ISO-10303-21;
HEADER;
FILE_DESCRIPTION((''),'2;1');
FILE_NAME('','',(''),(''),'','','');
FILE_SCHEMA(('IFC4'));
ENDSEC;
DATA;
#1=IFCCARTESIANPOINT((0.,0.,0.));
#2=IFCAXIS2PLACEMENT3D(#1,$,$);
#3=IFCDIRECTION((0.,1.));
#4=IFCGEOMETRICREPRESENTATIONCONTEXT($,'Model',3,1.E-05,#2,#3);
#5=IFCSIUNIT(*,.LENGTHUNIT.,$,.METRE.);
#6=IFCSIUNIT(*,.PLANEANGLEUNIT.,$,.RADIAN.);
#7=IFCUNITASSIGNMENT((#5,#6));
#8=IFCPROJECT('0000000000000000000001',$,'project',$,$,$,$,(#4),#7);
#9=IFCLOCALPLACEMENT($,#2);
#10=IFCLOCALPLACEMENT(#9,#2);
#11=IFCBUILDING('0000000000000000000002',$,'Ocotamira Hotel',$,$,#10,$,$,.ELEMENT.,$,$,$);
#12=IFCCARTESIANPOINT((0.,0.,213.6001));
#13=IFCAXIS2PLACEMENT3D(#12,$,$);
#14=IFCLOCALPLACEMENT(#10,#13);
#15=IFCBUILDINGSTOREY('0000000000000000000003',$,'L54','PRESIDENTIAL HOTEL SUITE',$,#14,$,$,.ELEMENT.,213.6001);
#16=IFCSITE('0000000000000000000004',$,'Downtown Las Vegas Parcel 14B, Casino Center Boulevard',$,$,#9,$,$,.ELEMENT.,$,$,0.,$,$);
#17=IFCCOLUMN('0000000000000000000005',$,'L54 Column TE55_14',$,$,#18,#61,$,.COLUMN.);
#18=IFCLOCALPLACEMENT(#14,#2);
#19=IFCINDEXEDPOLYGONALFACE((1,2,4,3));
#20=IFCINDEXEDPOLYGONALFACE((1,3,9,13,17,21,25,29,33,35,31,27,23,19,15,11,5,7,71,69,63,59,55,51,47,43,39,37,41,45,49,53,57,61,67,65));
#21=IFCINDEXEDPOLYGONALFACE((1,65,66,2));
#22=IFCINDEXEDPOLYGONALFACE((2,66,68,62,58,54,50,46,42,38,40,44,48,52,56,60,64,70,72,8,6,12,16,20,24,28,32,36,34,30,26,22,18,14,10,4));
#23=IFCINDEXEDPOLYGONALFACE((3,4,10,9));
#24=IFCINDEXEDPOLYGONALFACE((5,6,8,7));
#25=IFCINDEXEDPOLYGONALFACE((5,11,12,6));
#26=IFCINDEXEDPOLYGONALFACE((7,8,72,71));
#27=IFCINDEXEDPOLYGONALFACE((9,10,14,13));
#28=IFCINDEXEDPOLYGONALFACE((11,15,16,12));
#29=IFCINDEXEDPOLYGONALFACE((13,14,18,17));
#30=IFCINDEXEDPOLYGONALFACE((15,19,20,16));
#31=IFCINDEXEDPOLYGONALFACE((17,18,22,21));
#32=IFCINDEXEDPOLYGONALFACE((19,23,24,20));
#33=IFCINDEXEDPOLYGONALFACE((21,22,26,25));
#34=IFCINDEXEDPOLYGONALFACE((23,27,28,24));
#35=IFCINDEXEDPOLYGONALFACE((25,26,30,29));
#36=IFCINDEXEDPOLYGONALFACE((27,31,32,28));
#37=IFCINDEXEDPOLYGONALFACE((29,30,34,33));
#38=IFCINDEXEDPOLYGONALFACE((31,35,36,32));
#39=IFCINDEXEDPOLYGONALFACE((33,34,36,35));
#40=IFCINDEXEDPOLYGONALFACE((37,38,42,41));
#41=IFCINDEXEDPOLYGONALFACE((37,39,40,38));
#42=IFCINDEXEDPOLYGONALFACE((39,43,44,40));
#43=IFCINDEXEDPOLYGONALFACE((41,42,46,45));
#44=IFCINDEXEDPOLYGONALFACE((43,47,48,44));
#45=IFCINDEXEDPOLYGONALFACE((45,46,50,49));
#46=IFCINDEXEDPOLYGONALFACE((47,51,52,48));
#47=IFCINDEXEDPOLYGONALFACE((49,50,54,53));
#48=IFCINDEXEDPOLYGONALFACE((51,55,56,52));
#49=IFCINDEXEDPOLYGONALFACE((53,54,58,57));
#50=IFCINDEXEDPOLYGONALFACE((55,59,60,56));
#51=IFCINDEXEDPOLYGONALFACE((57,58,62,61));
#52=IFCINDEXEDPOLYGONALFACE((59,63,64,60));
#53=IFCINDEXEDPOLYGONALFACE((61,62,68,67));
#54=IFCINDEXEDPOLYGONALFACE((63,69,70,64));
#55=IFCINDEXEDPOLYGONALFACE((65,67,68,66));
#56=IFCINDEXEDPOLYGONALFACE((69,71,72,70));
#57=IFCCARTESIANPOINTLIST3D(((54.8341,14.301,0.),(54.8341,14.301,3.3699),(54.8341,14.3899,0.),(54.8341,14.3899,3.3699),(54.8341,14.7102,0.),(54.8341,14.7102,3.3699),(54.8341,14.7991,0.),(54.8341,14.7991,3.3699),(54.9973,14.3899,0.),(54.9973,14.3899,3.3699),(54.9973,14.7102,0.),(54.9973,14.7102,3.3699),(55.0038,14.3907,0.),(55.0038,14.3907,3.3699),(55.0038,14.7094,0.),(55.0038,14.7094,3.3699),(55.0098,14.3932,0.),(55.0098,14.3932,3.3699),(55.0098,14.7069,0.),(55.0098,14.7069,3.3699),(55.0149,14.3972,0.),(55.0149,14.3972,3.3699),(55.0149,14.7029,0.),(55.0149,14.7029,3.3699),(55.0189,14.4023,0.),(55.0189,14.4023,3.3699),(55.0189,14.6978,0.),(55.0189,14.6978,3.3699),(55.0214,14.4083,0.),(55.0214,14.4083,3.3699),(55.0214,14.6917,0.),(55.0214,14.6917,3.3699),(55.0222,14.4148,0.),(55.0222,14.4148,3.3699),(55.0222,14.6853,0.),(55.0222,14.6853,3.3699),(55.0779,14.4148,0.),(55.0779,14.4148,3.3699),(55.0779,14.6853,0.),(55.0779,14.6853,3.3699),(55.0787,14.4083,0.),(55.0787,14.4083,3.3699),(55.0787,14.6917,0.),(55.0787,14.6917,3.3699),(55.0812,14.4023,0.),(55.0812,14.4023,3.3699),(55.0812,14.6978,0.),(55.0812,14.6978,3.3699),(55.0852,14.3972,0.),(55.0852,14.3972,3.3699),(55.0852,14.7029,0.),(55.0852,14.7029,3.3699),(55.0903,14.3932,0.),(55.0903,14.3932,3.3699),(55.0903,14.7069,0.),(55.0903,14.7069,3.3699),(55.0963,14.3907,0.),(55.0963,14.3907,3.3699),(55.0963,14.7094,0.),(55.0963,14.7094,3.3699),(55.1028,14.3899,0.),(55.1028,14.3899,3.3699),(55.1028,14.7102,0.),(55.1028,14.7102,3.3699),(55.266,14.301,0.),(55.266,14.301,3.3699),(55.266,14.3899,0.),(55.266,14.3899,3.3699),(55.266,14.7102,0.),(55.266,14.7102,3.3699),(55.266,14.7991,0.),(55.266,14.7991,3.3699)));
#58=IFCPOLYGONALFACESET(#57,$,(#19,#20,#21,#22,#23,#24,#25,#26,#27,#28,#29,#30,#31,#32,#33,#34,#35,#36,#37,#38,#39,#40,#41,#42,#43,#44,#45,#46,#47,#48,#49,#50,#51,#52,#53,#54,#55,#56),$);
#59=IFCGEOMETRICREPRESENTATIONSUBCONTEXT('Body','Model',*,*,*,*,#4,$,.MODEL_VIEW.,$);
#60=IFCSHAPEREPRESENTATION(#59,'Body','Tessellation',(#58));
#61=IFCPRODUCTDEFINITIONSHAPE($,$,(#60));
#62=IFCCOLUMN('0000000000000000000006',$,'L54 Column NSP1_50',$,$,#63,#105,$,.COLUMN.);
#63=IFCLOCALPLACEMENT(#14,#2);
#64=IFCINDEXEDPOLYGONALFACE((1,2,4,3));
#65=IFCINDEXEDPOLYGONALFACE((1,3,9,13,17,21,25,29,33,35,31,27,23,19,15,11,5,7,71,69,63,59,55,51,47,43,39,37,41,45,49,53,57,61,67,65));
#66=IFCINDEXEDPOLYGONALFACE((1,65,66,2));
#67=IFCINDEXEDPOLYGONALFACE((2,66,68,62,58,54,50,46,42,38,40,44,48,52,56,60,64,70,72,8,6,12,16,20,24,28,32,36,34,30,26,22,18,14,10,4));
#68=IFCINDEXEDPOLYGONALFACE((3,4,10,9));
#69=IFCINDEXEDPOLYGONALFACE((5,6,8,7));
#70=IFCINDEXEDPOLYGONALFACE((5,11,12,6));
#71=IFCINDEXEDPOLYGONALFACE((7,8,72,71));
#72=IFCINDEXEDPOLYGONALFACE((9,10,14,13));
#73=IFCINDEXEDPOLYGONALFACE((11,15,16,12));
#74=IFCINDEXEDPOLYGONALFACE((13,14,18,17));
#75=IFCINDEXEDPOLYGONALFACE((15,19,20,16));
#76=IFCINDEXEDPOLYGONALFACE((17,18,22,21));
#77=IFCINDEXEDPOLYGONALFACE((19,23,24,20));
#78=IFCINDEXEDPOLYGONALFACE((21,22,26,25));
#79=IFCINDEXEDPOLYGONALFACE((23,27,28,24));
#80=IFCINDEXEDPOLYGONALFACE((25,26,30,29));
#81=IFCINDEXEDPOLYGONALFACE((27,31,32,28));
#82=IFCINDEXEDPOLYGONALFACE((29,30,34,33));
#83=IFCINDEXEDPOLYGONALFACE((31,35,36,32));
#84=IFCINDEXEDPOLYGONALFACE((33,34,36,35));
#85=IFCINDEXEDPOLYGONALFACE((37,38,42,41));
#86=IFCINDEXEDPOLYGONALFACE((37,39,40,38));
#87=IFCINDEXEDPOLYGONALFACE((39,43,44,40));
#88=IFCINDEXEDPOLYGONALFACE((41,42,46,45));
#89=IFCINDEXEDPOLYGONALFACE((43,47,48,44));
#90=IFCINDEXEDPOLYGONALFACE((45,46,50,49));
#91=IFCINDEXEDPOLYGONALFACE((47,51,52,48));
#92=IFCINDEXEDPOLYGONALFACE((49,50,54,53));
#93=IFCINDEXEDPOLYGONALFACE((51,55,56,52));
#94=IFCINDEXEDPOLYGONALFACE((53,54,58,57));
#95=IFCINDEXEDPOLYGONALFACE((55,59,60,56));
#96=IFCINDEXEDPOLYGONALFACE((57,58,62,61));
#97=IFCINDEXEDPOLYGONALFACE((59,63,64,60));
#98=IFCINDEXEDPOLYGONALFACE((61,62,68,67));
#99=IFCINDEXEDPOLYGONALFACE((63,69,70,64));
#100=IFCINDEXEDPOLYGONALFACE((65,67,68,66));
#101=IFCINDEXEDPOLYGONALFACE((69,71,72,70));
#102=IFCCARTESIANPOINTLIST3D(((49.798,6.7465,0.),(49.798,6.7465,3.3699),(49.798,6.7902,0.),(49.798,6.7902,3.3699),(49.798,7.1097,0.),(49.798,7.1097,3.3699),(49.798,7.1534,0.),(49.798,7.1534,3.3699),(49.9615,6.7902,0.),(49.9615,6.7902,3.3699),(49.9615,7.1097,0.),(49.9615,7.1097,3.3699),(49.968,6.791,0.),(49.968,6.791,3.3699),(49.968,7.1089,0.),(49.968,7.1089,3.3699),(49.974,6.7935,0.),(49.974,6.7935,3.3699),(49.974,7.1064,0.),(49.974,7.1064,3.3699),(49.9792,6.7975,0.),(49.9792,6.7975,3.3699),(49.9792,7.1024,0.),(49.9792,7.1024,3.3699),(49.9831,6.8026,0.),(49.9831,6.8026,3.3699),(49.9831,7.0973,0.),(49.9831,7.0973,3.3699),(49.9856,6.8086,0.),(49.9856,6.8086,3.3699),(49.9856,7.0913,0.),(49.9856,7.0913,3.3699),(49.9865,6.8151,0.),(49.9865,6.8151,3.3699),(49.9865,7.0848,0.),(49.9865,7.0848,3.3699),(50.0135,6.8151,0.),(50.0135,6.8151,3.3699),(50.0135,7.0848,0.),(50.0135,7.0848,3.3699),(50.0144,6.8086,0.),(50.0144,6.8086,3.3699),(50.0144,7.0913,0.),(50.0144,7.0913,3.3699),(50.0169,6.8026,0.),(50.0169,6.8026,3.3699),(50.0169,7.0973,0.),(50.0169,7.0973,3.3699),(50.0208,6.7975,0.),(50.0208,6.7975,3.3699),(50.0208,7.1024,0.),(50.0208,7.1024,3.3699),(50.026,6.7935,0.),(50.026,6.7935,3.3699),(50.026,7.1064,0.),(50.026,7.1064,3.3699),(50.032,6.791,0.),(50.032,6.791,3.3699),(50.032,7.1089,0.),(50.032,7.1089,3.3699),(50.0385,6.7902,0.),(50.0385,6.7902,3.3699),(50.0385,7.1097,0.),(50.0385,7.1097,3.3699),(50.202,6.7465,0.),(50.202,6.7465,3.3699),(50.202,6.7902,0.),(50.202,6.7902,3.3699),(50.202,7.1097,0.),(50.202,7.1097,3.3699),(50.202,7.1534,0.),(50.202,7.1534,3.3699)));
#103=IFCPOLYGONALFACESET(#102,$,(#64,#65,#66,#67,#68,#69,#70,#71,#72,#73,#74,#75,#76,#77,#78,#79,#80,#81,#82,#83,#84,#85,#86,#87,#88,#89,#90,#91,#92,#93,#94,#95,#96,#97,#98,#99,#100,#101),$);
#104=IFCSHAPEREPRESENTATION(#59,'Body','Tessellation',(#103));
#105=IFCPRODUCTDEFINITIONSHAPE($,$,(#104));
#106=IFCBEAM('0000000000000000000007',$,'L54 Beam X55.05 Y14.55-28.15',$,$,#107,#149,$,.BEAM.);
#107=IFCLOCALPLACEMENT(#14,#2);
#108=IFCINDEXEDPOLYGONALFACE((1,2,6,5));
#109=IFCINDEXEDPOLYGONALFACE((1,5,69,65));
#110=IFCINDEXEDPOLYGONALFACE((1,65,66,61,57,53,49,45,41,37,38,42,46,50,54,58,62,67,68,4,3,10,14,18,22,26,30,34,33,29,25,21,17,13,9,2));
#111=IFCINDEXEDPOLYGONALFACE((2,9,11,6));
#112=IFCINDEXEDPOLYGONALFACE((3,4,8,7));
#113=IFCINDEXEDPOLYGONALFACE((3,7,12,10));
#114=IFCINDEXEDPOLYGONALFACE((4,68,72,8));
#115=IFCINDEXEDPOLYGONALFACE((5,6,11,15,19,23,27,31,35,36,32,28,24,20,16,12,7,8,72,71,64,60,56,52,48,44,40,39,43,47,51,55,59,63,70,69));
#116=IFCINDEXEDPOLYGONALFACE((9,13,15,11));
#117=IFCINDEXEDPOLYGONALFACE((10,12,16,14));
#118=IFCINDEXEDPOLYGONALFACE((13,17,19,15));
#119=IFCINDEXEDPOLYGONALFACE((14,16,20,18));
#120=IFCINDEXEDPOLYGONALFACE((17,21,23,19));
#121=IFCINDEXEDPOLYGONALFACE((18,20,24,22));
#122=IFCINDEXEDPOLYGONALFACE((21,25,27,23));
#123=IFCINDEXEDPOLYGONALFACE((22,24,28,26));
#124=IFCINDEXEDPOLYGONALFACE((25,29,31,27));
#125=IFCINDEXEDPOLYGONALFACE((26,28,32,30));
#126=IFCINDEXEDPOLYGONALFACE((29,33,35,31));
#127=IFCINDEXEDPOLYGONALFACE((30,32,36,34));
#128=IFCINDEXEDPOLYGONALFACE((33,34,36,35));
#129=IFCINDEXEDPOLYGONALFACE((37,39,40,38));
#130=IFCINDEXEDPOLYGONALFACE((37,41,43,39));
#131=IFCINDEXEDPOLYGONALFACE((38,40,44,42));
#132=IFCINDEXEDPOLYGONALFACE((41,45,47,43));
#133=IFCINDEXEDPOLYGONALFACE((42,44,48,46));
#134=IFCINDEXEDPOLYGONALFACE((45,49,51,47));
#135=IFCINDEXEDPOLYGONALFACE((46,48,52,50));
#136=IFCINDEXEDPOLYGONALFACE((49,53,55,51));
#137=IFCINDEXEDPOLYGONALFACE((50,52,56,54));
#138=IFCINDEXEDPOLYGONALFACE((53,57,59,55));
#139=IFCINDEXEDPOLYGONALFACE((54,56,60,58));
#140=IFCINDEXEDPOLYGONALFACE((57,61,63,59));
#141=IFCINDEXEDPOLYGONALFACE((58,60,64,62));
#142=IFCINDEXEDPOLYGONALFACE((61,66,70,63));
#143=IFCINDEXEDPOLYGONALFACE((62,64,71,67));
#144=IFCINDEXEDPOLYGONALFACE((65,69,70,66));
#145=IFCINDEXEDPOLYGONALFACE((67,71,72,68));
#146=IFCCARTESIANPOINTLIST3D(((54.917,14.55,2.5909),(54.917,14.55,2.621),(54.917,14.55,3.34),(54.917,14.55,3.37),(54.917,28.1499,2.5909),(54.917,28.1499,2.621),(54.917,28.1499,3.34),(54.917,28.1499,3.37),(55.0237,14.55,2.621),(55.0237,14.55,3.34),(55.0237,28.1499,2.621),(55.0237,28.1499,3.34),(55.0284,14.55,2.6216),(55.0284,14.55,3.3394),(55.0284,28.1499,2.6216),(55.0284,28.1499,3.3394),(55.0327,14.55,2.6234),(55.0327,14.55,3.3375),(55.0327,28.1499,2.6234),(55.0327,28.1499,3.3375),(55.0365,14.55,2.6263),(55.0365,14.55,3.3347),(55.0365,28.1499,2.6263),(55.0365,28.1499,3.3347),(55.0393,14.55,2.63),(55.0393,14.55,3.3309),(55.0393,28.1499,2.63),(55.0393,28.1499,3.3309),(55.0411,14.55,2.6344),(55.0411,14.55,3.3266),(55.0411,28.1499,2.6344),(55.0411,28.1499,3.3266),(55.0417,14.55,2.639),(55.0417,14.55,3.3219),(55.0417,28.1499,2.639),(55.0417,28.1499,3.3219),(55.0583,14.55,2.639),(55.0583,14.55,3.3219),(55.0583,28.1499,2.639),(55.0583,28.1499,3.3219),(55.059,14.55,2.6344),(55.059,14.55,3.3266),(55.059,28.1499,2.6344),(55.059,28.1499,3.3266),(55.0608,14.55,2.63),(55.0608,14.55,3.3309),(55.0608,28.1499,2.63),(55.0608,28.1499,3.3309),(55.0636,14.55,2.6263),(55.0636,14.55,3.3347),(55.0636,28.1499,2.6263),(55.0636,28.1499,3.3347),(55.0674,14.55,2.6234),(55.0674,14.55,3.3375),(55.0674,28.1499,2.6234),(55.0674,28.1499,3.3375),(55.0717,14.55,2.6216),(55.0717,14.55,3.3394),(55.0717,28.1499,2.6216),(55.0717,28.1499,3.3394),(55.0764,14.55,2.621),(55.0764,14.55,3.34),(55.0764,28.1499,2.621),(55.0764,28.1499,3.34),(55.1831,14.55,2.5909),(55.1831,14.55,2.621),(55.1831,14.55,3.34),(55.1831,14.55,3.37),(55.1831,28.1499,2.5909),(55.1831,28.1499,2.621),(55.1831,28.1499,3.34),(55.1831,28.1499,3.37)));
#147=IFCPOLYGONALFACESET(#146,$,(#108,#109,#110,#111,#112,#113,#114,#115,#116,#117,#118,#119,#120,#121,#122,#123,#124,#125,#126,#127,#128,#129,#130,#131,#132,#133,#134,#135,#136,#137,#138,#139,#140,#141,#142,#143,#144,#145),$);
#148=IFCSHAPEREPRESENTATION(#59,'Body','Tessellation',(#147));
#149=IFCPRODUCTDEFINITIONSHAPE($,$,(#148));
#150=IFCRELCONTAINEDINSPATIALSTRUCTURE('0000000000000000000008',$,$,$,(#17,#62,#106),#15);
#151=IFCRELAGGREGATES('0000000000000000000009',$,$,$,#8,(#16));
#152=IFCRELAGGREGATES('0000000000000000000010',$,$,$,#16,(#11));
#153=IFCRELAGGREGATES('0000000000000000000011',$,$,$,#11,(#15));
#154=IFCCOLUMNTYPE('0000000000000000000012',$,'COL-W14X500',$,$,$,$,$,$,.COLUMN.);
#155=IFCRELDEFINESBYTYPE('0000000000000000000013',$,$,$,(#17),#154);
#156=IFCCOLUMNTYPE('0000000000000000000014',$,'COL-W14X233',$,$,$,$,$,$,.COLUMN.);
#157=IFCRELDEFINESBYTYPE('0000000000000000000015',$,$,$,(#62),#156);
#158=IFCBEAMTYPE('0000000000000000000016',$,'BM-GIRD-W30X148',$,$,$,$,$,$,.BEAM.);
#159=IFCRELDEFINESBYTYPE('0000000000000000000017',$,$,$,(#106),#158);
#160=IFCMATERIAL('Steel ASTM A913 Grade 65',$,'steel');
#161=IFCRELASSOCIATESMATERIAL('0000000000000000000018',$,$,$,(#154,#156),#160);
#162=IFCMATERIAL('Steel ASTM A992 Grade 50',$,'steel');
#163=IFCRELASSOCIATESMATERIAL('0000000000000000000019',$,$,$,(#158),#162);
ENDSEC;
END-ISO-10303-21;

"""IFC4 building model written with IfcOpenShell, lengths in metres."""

from ifc_helpers import new_model, si_unit, direction, frame, origin, origin_2d, place, context, subcontext, project, spatial, i_section, extrude, source, transform, mapped, material, material_profile, profile_set, type_object, element, save


model = new_model("IFC4")

# Units and contexts
model_context = context("Model", 3, precision=1e-05, world=origin(), true_north=direction((0.0, 1.0)))
body_context = subcontext(model_context, "Body", "Model", "MODEL_VIEW")
ifc_project = project(units=[si_unit("LENGTHUNIT", "METRE"), si_unit("PLANEANGLEUNIT", "RADIAN")], contexts=[model_context])

# Site, building, storey
site_placement = place(None, origin())
site = spatial("IfcSite", under=ifc_project, at=site_placement, Name="Downtown Las Vegas Parcel 14B, Casino Center Boulevard", CompositionType="ELEMENT", RefElevation=0.0)
building_placement = place(site_placement, origin())
building = spatial("IfcBuilding", under=site, at=building_placement, Name="Ocotamira Hotel", CompositionType="ELEMENT")
storey_placement = place(building_placement, frame((0.0, 0.0, 213.6001)))
storey = spatial("IfcBuildingStorey", under=building, at=storey_placement, Name="L54", Description="PRESIDENTIAL HOTEL SUITE", CompositionType="ELEMENT", Elevation=213.6001)

# Columns
ifc_material_1 = material(Name="Steel ASTM A913 Grade 65", Category="steel")
ifc_material_profile_1 = material_profile(ifc_material_1, i_section(OverallWidth=0.4319, OverallDepth=0.498, WebThickness=0.0557, FlangeThickness=0.0889, FilletRadius=0.0249, at=origin_2d()), Name="W14X500")
ifc_profile_set_1 = profile_set([ifc_material_profile_1], Name="Steel ASTM A913 Grade 65")
column_type_1 = type_object("IfcColumnType", Name="COL-W14X500", PredefinedType="COLUMN", material=ifc_profile_set_1)
shared_shape_1 = source(origin(), body_context, "Body", "SweptSolid", [
    extrude(i_section(OverallWidth=0.4319, OverallDepth=0.498, WebThickness=0.0557, FlangeThickness=0.0889, FilletRadius=0.0249, at=origin_2d()), origin(), (0.0, 0.0, 1.0), 3.3699),
])
column_1_placement = place(storey_placement, frame((55.05, 14.55, 0.0), z_axis=(0.0, 0.0, 1.0), x_axis=(1.0, 0.0, 0.0)))
element("IfcColumn", 1, at=column_1_placement, inside=storey, type_object=column_type_1, Name="L54 Column TE55_14", PredefinedType="COLUMN", context=body_context, shape_type="MappedRepresentation", body=[
    mapped(shared_shape_1, transform((0.0, 0.0, 0.0), scale=1.0)),
])
ifc_material_profile_2 = material_profile(ifc_material_1, i_section(OverallWidth=0.4041, OverallDepth=0.407, WebThickness=0.0271, FlangeThickness=0.0437, FilletRadius=0.0249, at=origin_2d()), Name="W14X233")
ifc_profile_set_2 = profile_set([ifc_material_profile_2], Name="Steel ASTM A913 Grade 65")
column_type_2 = type_object("IfcColumnType", Name="COL-W14X233", PredefinedType="COLUMN", material=ifc_profile_set_2)
shared_shape_2 = source(origin(), body_context, "Body", "SweptSolid", [
    extrude(i_section(OverallWidth=0.4041, OverallDepth=0.407, WebThickness=0.0271, FlangeThickness=0.0437, FilletRadius=0.0249, at=origin_2d()), origin(), (0.0, 0.0, 1.0), 3.3699),
])
column_2_placement = place(storey_placement, frame((50.0, 6.95, 0.0), z_axis=(0.0, 0.0, 1.0), x_axis=(1.0, 0.0, 0.0)))
element("IfcColumn", 2, at=column_2_placement, inside=storey, type_object=column_type_2, Name="L54 Column NSP1_50", PredefinedType="COLUMN", context=body_context, shape_type="MappedRepresentation", body=[
    mapped(shared_shape_2, transform((0.0, 0.0, 0.0), scale=1.0)),
])

# Beam
ifc_material_2 = material(Name="Steel ASTM A992 Grade 50", Category="steel")
ifc_material_profile_3 = material_profile(ifc_material_2, i_section(OverallWidth=0.2661, OverallDepth=0.7791, WebThickness=0.0166, FlangeThickness=0.03, FilletRadius=0.0181, at=origin_2d()), Name="W30X148")
ifc_profile_set_3 = profile_set([ifc_material_profile_3], Name="Steel ASTM A992 Grade 50")
beam_type_1 = type_object("IfcBeamType", Name="BM-GIRD-W30X148", PredefinedType="BEAM", material=ifc_profile_set_3)
shared_shape_3 = source(origin(), body_context, "Body", "SweptSolid", [
    extrude(i_section(OverallWidth=0.2661, OverallDepth=0.7791, WebThickness=0.0166, FlangeThickness=0.03, FilletRadius=0.0181, at=origin_2d()), origin(), (0.0, 0.0, 1.0), 13.5999),
])
beam_1_placement = place(storey_placement, frame((55.05, 14.55, 2.9805), z_axis=(0.0, 1.0, 0.0), x_axis=(-1.0, 0.0, 0.0)))
element("IfcBeam", 3, at=beam_1_placement, inside=storey, type_object=beam_type_1, Name="L54 Beam X55.05 Y14.55-28.15", PredefinedType="BEAM", context=body_context, shape_type="MappedRepresentation", body=[
    mapped(shared_shape_3, transform((0.0, 0.0, 0.0), scale=1.0)),
])

save(model, "model.ifc")
